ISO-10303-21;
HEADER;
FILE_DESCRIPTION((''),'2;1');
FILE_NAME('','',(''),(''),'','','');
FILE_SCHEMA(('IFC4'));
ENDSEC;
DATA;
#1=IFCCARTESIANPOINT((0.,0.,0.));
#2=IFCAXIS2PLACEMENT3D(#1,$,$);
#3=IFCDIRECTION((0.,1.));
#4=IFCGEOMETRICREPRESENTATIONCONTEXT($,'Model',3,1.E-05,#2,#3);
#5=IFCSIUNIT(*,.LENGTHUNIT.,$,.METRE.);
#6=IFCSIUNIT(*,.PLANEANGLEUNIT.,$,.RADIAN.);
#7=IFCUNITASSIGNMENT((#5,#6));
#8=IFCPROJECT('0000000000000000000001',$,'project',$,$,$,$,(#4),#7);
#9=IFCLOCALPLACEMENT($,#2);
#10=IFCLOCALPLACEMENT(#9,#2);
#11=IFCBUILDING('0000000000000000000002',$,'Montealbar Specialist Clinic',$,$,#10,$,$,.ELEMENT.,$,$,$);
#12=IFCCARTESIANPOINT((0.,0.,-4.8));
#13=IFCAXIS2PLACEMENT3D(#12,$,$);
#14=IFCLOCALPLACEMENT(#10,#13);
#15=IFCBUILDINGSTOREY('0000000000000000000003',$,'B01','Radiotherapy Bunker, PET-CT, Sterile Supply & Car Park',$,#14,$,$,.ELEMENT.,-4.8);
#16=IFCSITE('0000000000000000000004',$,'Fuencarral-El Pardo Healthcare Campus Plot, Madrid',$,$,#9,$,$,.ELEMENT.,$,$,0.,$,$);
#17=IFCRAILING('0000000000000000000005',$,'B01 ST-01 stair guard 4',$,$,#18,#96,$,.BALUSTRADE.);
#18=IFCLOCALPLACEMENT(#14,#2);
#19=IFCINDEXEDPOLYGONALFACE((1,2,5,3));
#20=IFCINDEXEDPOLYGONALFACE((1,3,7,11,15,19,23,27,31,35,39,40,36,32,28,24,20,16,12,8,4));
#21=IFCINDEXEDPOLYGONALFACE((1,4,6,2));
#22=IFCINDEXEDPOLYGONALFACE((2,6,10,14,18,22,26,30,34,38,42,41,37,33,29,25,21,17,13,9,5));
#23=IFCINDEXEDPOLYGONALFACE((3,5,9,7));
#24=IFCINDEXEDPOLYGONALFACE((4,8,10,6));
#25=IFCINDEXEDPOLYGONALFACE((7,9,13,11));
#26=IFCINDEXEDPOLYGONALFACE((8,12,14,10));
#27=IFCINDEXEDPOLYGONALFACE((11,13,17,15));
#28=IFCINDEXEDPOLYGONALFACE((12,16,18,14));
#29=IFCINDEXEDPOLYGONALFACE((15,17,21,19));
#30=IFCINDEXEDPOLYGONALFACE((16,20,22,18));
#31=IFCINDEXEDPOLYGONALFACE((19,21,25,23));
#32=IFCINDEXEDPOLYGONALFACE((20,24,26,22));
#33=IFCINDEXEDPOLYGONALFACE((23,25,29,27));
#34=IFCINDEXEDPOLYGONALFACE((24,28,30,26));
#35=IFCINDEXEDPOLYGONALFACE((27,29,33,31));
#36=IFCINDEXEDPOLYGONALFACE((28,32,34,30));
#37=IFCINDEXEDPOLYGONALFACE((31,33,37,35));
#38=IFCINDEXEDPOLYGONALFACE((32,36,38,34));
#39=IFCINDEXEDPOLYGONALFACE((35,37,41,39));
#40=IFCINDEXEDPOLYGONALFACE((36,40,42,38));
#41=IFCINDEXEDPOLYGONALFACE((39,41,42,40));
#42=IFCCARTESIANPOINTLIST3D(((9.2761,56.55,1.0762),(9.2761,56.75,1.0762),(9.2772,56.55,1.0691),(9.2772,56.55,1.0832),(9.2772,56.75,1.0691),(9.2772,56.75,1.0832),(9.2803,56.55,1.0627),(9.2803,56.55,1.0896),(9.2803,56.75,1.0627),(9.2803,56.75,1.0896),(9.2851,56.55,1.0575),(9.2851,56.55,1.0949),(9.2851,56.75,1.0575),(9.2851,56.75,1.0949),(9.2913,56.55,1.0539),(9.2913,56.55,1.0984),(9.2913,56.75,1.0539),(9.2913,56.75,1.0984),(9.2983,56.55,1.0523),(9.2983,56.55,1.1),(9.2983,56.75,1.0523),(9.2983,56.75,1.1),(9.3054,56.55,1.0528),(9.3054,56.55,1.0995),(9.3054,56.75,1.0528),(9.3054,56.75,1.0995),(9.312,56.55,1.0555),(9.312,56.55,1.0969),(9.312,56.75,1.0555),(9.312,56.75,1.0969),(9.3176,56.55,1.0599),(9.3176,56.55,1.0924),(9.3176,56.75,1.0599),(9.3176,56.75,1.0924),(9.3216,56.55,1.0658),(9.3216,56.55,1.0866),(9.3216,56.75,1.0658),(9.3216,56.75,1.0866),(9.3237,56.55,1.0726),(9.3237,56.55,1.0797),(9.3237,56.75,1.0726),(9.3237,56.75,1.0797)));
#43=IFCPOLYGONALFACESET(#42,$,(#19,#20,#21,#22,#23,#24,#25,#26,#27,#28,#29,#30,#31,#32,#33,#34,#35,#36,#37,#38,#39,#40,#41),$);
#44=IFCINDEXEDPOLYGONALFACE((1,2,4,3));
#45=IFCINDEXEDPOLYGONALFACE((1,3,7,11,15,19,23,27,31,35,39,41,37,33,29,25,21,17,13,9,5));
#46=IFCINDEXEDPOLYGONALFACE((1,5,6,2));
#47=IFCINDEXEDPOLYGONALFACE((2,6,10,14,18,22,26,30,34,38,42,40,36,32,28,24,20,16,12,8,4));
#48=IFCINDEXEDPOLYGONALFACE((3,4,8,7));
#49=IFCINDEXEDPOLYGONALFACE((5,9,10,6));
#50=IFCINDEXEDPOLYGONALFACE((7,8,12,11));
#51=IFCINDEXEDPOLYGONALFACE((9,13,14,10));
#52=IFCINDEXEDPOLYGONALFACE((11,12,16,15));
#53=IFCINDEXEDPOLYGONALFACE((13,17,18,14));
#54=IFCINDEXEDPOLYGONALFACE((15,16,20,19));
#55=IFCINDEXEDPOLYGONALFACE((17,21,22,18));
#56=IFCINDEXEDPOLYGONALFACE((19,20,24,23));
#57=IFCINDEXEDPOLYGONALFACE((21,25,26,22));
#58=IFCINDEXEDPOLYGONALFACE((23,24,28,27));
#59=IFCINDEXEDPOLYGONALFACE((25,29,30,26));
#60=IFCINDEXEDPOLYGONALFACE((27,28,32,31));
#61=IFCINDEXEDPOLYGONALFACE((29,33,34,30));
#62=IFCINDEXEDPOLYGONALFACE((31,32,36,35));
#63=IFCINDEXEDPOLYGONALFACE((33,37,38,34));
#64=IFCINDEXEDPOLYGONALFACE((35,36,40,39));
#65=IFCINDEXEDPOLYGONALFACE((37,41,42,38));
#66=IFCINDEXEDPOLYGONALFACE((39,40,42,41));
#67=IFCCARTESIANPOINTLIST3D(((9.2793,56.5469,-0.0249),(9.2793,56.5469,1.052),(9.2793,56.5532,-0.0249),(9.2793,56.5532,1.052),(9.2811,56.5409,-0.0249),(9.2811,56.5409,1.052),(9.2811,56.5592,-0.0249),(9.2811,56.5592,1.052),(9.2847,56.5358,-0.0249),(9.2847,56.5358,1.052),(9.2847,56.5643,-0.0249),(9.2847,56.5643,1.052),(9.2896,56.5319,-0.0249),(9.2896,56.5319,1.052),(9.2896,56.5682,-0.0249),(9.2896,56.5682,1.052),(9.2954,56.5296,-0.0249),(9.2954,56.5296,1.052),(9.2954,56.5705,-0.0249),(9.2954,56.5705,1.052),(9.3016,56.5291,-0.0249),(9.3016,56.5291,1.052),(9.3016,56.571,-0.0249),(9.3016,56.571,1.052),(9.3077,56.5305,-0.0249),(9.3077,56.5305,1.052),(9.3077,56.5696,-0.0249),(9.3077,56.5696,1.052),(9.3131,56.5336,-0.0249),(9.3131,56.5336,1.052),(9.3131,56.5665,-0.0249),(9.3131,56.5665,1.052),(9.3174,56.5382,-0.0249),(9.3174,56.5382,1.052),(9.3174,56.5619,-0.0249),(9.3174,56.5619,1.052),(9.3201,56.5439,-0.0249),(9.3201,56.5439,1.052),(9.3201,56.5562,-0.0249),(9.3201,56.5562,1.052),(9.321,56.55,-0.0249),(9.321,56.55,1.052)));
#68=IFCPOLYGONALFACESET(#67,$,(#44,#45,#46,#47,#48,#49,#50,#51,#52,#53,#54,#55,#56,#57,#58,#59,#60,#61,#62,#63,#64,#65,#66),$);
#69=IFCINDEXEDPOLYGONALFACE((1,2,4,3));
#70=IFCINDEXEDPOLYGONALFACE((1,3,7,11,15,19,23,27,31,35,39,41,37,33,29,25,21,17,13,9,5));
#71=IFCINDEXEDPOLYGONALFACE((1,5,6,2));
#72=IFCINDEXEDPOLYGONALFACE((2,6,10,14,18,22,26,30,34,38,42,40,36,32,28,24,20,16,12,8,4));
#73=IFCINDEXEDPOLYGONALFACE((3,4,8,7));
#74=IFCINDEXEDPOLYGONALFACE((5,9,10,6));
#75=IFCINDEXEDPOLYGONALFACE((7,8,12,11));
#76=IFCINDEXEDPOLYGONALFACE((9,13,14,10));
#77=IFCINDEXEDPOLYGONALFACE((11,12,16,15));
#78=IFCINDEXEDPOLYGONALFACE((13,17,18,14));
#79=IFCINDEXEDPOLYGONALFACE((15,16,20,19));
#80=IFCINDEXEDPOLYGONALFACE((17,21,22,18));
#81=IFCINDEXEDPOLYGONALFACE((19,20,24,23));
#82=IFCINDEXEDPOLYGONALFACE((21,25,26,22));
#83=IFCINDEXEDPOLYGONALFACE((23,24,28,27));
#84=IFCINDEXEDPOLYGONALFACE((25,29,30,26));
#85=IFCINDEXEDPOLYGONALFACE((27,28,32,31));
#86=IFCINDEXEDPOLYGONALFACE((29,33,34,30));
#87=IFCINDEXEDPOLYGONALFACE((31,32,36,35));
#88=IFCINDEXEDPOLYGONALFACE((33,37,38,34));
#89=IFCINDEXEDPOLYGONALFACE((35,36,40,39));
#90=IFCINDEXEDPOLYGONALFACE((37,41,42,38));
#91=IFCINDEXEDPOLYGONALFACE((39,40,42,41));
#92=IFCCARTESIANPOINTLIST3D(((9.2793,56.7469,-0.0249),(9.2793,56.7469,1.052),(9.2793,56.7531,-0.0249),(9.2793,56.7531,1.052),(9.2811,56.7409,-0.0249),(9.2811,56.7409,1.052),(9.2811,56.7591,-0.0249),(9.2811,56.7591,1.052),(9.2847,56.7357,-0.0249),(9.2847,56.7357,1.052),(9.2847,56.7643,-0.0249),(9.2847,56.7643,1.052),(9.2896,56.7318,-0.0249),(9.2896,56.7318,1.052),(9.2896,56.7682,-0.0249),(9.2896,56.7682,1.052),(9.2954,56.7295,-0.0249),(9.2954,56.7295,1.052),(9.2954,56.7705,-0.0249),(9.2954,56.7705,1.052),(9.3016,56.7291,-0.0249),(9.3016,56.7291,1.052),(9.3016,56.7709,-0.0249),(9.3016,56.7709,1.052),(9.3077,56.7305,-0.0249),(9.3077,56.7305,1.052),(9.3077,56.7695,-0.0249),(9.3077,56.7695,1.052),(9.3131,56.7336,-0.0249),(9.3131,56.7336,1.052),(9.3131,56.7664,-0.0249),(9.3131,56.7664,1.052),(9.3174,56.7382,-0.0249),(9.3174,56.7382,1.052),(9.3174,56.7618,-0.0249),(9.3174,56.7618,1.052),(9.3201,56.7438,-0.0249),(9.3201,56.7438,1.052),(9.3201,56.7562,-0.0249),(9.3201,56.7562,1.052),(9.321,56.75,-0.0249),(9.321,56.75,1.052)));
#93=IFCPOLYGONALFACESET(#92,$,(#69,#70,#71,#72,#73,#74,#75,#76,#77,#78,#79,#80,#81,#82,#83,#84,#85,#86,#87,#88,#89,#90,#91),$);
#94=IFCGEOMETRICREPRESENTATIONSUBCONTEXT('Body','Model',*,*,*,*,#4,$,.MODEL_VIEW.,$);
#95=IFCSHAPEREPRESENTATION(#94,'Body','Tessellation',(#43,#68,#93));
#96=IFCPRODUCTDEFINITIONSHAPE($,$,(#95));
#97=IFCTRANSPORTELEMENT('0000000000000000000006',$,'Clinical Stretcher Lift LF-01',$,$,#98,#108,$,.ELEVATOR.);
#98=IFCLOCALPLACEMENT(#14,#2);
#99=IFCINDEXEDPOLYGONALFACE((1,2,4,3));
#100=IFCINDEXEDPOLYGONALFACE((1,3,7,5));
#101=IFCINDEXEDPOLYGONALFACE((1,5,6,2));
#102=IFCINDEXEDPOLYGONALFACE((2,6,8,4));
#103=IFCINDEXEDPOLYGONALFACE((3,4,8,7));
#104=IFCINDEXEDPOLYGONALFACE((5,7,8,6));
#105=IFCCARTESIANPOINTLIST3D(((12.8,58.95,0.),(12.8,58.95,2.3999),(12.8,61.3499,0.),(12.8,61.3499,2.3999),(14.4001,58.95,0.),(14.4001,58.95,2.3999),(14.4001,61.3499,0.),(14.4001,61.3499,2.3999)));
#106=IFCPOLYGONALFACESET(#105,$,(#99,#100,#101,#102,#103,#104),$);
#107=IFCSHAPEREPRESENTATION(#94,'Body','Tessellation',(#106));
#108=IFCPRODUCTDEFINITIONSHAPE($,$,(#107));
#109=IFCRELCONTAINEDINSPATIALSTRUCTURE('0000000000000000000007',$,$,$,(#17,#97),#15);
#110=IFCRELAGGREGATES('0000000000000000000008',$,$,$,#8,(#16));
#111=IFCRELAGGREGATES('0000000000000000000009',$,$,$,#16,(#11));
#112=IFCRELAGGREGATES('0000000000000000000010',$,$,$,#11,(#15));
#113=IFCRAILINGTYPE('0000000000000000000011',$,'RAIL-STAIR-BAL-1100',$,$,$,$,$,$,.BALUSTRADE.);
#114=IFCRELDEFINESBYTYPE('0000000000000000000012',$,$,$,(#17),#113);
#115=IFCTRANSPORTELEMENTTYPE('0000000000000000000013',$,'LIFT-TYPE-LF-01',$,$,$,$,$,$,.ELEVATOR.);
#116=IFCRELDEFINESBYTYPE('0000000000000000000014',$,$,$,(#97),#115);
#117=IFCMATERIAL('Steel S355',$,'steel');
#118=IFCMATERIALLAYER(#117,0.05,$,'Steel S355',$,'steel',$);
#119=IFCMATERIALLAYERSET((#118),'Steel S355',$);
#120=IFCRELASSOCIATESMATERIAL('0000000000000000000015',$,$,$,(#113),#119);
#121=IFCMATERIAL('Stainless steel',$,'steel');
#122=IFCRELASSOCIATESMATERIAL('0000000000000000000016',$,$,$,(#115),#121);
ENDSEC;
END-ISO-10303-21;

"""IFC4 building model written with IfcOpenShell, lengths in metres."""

from ifc_helpers import new_model, si_unit, direction, frame, origin, origin_2d, place, context, subcontext, project, spatial, rectangle, circle, extrude, material, layer, layer_set, type_object, element, save


model = new_model("IFC4")

# Units and contexts
model_context = context("Model", 3, precision=1e-05, world=origin(), true_north=direction((0.0, 1.0)))
body_context = subcontext(model_context, "Body", "Model", "MODEL_VIEW")
ifc_project = project(units=[si_unit("LENGTHUNIT", "METRE"), si_unit("PLANEANGLEUNIT", "RADIAN")], contexts=[model_context])

# Site, building, storey
site_placement = place(None, origin())
site = spatial("IfcSite", under=ifc_project, at=site_placement, Name="Fuencarral-El Pardo Healthcare Campus Plot, Madrid", CompositionType="ELEMENT", RefElevation=0.0)
building_placement = place(site_placement, origin())
building = spatial("IfcBuilding", under=site, at=building_placement, Name="Montealbar Specialist Clinic", CompositionType="ELEMENT")
storey_placement = place(building_placement, frame((0.0, 0.0, -4.8)))
storey = spatial("IfcBuildingStorey", under=building, at=storey_placement, Name="B01", Description="Radiotherapy Bunker, PET-CT, Sterile Supply & Car Park", CompositionType="ELEMENT", Elevation=-4.8)

# Shared definitions
ifc_material_1 = material(Name="Steel S355", Category="steel")

# Railing
ifc_layer_1 = layer(ifc_material_1, 0.05, Name="Steel S355", Category="steel")
ifc_layer_set_1 = layer_set([ifc_layer_1], Name="Steel S355")
railing_type_1 = type_object("IfcRailingType", Name="RAIL-STAIR-BAL-1100", PredefinedType="BALUSTRADE", material=ifc_layer_set_1)
railing_1_placement = place(storey_placement, frame((9.3, 56.55, 0.0)))
element("IfcRailing", 1, at=railing_1_placement, inside=storey, type_object=railing_type_1, Name="B01 ST-01 stair guard 4", PredefinedType="BALUSTRADE", context=body_context, shape_type="SweptSolid", body=[
    extrude(circle(Radius=0.0239, at=origin_2d()), frame((0.0, 0.0, 1.0762), z_axis=(0.0, 1.0, 0.0), x_axis=(-1.0, 0.0, 0.0)), (0.0, 0.0, 1.0), 0.2),
    extrude(circle(Radius=0.021, at=origin_2d()), frame((0.0, 0.0, -0.0249)), (0.0, 0.0, 1.0), 1.0769),
    extrude(circle(Radius=0.021, at=origin_2d()), frame((0.0, 0.2, -0.0249)), (0.0, 0.0, 1.0), 1.0769),
])

# Transport element
ifc_material_2 = material(Name="Stainless steel", Category="steel")
transport_element_type = type_object("IfcTransportElementType", Name="LIFT-TYPE-LF-01", PredefinedType="ELEVATOR", material=ifc_material_2)
transport_element_placement = place(storey_placement, frame((13.6001, 60.1499, 0.0), z_axis=(0.0, 0.0, 1.0), x_axis=(1.0, 0.0, 0.0)))
element("IfcTransportElement", 2, at=transport_element_placement, inside=storey, type_object=transport_element_type, Name="Clinical Stretcher Lift LF-01", PredefinedType="ELEVATOR", context=body_context, shape_type="SweptSolid", body=[
    extrude(rectangle(XDim=1.6001, YDim=2.3999, at=origin_2d()), origin(), (0.0, 0.0, 1.0), 2.3999),
])

save(model, "model.ifc")
